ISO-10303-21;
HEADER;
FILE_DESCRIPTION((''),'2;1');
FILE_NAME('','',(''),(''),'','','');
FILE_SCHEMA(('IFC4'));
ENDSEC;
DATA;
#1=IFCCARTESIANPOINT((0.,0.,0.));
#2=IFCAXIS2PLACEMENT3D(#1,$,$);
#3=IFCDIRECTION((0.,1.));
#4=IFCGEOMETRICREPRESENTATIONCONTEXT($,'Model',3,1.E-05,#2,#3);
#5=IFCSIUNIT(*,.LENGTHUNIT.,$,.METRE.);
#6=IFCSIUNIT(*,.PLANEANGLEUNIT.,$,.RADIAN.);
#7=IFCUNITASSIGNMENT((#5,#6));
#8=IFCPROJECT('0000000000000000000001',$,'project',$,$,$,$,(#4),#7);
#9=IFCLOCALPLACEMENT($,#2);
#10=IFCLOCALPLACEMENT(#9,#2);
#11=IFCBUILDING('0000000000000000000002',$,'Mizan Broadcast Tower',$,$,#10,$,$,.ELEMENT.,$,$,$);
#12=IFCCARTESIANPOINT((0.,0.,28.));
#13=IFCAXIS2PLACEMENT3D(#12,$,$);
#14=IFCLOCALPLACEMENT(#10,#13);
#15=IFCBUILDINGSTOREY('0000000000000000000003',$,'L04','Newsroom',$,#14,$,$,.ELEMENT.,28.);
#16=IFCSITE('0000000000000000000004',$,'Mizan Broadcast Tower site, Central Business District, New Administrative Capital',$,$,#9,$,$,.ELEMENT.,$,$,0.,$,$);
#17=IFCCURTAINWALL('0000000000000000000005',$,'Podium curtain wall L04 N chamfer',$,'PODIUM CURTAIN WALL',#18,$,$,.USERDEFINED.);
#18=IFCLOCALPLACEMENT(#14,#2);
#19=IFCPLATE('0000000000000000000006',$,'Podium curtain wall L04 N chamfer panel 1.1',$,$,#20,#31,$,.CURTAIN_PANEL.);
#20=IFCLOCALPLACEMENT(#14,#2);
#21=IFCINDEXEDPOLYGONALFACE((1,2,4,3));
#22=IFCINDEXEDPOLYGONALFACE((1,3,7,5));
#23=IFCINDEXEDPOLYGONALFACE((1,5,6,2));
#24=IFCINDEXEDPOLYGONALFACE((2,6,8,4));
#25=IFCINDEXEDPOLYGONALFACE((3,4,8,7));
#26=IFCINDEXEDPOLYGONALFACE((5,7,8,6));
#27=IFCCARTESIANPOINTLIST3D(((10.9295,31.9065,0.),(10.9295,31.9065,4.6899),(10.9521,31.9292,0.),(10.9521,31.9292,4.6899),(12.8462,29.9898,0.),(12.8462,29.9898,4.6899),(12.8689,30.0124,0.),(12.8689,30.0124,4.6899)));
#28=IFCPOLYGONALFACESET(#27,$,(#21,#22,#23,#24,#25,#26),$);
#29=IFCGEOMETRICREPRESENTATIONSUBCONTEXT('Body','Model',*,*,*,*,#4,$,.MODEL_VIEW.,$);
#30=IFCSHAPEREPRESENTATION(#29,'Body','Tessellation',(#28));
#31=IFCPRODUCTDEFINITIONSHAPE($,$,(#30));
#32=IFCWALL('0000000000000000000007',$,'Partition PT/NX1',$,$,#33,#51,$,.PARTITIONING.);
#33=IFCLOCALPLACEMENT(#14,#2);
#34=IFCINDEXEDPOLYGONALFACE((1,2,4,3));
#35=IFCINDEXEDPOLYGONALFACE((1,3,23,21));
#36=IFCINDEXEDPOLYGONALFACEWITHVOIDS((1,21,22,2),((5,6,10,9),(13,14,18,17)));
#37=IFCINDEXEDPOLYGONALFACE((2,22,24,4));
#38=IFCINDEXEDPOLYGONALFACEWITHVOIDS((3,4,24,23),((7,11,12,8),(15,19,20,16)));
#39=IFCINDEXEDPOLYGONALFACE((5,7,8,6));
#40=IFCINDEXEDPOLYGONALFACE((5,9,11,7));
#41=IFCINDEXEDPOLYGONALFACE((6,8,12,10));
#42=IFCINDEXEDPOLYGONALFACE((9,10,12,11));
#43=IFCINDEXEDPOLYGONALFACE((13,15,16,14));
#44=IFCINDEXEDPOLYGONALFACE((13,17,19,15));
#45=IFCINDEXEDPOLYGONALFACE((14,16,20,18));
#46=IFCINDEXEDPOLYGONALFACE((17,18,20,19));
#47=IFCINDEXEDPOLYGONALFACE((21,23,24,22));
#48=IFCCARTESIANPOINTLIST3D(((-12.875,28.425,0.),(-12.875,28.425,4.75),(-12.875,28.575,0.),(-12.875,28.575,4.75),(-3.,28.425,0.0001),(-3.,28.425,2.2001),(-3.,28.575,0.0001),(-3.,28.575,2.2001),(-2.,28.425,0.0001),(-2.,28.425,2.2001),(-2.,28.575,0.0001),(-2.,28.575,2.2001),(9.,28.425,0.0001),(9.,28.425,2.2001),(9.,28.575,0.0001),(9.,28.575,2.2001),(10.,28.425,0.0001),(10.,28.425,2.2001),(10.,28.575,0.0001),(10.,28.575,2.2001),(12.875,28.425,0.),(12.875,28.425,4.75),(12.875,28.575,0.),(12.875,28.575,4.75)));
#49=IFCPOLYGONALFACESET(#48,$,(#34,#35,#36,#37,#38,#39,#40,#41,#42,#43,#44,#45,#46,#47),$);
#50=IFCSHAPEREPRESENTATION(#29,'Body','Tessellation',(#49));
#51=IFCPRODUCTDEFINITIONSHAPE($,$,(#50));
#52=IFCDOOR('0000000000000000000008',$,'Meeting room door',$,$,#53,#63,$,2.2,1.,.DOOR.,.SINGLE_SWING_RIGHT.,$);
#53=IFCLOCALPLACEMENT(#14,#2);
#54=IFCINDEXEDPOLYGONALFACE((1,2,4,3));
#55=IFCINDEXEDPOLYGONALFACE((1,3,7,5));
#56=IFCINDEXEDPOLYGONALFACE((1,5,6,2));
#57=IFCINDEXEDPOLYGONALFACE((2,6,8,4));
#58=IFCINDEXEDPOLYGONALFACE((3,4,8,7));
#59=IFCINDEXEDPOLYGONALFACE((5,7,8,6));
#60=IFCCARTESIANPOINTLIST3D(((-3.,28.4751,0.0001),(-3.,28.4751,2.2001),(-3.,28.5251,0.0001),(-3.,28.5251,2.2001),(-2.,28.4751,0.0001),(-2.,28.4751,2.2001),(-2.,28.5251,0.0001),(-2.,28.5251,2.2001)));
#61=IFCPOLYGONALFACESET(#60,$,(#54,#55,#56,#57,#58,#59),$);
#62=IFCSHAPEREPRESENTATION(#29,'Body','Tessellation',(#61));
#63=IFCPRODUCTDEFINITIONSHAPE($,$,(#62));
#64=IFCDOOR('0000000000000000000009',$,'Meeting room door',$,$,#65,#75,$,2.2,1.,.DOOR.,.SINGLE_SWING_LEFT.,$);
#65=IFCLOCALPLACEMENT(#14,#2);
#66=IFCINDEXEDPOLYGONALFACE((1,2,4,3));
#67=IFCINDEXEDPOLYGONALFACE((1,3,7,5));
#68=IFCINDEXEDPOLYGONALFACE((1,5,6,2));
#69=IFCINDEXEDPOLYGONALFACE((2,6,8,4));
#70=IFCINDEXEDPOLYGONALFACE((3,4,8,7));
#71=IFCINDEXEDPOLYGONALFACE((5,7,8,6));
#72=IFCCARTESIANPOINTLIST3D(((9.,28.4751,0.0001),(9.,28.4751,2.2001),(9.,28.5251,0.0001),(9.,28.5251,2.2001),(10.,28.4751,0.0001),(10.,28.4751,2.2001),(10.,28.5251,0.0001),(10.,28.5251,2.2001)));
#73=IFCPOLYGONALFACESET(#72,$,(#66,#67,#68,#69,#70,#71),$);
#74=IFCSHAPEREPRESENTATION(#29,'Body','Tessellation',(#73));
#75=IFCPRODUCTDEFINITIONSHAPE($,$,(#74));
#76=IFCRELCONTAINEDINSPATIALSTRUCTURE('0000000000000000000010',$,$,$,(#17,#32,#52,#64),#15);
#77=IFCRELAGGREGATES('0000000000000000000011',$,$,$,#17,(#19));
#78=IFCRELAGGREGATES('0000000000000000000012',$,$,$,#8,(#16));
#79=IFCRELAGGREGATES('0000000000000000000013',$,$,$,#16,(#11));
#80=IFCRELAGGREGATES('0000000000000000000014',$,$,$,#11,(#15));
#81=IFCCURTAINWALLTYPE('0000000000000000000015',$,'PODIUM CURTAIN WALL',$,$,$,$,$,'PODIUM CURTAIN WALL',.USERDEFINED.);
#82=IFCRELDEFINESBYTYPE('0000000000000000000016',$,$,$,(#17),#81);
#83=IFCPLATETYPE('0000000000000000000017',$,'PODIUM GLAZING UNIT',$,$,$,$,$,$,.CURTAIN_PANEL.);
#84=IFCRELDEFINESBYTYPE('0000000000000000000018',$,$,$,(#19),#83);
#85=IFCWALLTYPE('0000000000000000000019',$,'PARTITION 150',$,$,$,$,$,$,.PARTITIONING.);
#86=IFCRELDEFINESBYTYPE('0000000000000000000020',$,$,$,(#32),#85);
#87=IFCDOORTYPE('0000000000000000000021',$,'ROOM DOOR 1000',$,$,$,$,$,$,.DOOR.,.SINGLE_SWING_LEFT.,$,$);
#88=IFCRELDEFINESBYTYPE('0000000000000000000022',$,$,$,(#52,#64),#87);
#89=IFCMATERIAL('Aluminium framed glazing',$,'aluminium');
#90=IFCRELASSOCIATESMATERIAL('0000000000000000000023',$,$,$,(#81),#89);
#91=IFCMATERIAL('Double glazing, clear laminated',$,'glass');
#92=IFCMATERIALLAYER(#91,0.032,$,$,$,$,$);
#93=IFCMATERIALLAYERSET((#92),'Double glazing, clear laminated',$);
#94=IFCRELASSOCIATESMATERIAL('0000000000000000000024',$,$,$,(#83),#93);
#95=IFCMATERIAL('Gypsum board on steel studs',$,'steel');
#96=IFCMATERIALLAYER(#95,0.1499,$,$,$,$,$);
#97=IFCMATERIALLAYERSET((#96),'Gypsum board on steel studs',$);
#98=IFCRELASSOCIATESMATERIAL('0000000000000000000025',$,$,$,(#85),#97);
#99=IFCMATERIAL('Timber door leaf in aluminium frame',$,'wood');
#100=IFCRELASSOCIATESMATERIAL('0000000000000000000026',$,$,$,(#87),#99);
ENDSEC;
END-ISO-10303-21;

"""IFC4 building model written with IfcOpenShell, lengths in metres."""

from ifc_helpers import new_model, si_unit, direction, frame, frame_2d, origin, origin_2d, place, context, subcontext, project, spatial, rectangle, extrude, material, layer, layer_set, type_object, element, fill, aggregate, save


model = new_model("IFC4")

# Units and contexts
model_context = context("Model", 3, precision=1e-05, world=origin(), true_north=direction((0.0, 1.0)))
body_context = subcontext(model_context, "Body", "Model", "MODEL_VIEW")
ifc_project = project(units=[si_unit("LENGTHUNIT", "METRE"), si_unit("PLANEANGLEUNIT", "RADIAN")], contexts=[model_context])

# Site, building, storey
site_placement = place(None, origin())
site = spatial("IfcSite", under=ifc_project, at=site_placement, Name="Mizan Broadcast Tower site, Central Business District, New Administrative Capital", CompositionType="ELEMENT", RefElevation=0.0)
building_placement = place(site_placement, origin())
building = spatial("IfcBuilding", under=site, at=building_placement, Name="Mizan Broadcast Tower", CompositionType="ELEMENT")
storey_placement = place(building_placement, frame((0.0, 0.0, 28.0)))
storey = spatial("IfcBuildingStorey", under=building, at=storey_placement, Name="L04", Description="Newsroom", CompositionType="ELEMENT", Elevation=28.0)

# Shared definitions
ifc_material_1 = material(Name="Aluminium framed glazing", Category="aluminium")
curtain_wall_type_1 = type_object("IfcCurtainWallType", Name="PODIUM CURTAIN WALL", ElementType="PODIUM CURTAIN WALL", PredefinedType="USERDEFINED", material=ifc_material_1)

# Curtain wall
curtain_wall_1_placement = place(storey_placement, origin())
curtain_wall_1 = element("IfcCurtainWall", 1, at=curtain_wall_1_placement, inside=storey, type_object=curtain_wall_type_1, Name="Podium curtain wall L04 N chamfer", ObjectType="PODIUM CURTAIN WALL", PredefinedType="USERDEFINED")

# Plate
ifc_material_2 = material(Name="Double glazing, clear laminated", Category="glass")
ifc_layer_1 = layer(ifc_material_2, 0.032)
ifc_layer_set_1 = layer_set([ifc_layer_1], Name="Double glazing, clear laminated")
plate_type_1 = type_object("IfcPlateType", Name="PODIUM GLAZING UNIT", PredefinedType="CURTAIN_PANEL", material=ifc_layer_set_1)
plate_1_placement = place(storey_placement, frame((11.8992, 30.9595, 0.0), z_axis=(0.0, 0.0, 1.0), x_axis=(-0.707107, 0.707107, 0.0)))
plate_1 = element("IfcPlate", 2, at=plate_1_placement, type_object=plate_type_1, Name="Podium curtain wall L04 N chamfer panel 1.1", PredefinedType="CURTAIN_PANEL", context=body_context, shape_type="SweptSolid", body=[
    extrude(rectangle(XDim=2.7107, YDim=0.032, at=origin_2d()), origin(), (0.0, 0.0, 1.0), 4.6899),
])
aggregate(curtain_wall_1, [plate_1])

# Wall, openings, doors
ifc_material_3 = material(Name="Gypsum board on steel studs", Category="steel")
ifc_layer_2 = layer(ifc_material_3, 0.1499)
ifc_layer_set_2 = layer_set([ifc_layer_2], Name="Gypsum board on steel studs")
wall_type = type_object("IfcWallType", Name="PARTITION 150", PredefinedType="PARTITIONING", material=ifc_layer_set_2)
wall_placement = place(storey_placement, frame((12.875, 28.5, 0.0), z_axis=(0.0, 0.0, 1.0), x_axis=(-1.0, 0.0, 0.0)))
wall = element("IfcWall", 3, at=wall_placement, inside=storey, type_object=wall_type, Name="Partition PT/NX1", PredefinedType="PARTITIONING", context=body_context, shape_type="SweptSolid", body=[
    extrude(rectangle(XDim=25.75, YDim=0.1499, at=frame_2d((12.875, 0.0))), origin(), (0.0, 0.0, 1.0), 4.75),
])
opening_1_placement = place(wall_placement, frame((14.875, 0.0, 0.0)))
opening_1 = element("IfcOpeningElement", 4, at=opening_1_placement, cuts=wall, PredefinedType="OPENING", context=body_context, shape_type="SweptSolid", body=[
    extrude(rectangle(XDim=1.0, YDim=2.2, at=frame_2d((0.5, 1.1001))), frame((0.0, 0.085, 0.0), z_axis=(0.0, -1.0, 0.0), x_axis=(1.0, 0.0, 0.0)), (0.0, 0.0, 1.0), 0.1699),
])
opening_2_placement = place(wall_placement, frame((2.875, 0.0, 0.0)))
opening_2 = element("IfcOpeningElement", 5, at=opening_2_placement, cuts=wall, PredefinedType="OPENING", context=body_context, shape_type="SweptSolid", body=[
    extrude(rectangle(XDim=1.0, YDim=2.2, at=frame_2d((0.5, 1.1001))), frame((0.0, 0.085, 0.0), z_axis=(0.0, -1.0, 0.0), x_axis=(1.0, 0.0, 0.0)), (0.0, 0.0, 1.0), 0.1699),
])
ifc_material_4 = material(Name="Timber door leaf in aluminium frame", Category="wood")
door_type = type_object("IfcDoorType", Name="ROOM DOOR 1000", OperationType="SINGLE_SWING_LEFT", PredefinedType="DOOR", material=ifc_material_4)
door_1_placement = place(opening_1_placement, origin())
door_1 = element("IfcDoor", 6, at=door_1_placement, inside=storey, type_object=door_type, Name="Meeting room door", OperationType="SINGLE_SWING_RIGHT", OverallHeight=2.2, OverallWidth=1.0, PredefinedType="DOOR", context=body_context, shape_type="SweptSolid", body=[
    extrude(rectangle(XDim=1.0, YDim=2.2, at=frame_2d((0.5, 1.1001))), frame((0.0, 0.0249, 0.0), z_axis=(0.0, -1.0, 0.0), x_axis=(1.0, 0.0, 0.0)), (0.0, 0.0, 1.0), 0.05),
])
fill(opening_1, door_1)
door_2_placement = place(opening_2_placement, origin())
door_2 = element("IfcDoor", 7, at=door_2_placement, inside=storey, type_object=door_type, Name="Meeting room door", OperationType="SINGLE_SWING_LEFT", OverallHeight=2.2, OverallWidth=1.0, PredefinedType="DOOR", context=body_context, shape_type="SweptSolid", body=[
    extrude(rectangle(XDim=1.0, YDim=2.2, at=frame_2d((0.5, 1.1001))), frame((0.0, 0.0249, 0.0), z_axis=(0.0, -1.0, 0.0), x_axis=(1.0, 0.0, 0.0)), (0.0, 0.0, 1.0), 0.05),
])
fill(opening_2, door_2)

save(model, "model.ifc")
